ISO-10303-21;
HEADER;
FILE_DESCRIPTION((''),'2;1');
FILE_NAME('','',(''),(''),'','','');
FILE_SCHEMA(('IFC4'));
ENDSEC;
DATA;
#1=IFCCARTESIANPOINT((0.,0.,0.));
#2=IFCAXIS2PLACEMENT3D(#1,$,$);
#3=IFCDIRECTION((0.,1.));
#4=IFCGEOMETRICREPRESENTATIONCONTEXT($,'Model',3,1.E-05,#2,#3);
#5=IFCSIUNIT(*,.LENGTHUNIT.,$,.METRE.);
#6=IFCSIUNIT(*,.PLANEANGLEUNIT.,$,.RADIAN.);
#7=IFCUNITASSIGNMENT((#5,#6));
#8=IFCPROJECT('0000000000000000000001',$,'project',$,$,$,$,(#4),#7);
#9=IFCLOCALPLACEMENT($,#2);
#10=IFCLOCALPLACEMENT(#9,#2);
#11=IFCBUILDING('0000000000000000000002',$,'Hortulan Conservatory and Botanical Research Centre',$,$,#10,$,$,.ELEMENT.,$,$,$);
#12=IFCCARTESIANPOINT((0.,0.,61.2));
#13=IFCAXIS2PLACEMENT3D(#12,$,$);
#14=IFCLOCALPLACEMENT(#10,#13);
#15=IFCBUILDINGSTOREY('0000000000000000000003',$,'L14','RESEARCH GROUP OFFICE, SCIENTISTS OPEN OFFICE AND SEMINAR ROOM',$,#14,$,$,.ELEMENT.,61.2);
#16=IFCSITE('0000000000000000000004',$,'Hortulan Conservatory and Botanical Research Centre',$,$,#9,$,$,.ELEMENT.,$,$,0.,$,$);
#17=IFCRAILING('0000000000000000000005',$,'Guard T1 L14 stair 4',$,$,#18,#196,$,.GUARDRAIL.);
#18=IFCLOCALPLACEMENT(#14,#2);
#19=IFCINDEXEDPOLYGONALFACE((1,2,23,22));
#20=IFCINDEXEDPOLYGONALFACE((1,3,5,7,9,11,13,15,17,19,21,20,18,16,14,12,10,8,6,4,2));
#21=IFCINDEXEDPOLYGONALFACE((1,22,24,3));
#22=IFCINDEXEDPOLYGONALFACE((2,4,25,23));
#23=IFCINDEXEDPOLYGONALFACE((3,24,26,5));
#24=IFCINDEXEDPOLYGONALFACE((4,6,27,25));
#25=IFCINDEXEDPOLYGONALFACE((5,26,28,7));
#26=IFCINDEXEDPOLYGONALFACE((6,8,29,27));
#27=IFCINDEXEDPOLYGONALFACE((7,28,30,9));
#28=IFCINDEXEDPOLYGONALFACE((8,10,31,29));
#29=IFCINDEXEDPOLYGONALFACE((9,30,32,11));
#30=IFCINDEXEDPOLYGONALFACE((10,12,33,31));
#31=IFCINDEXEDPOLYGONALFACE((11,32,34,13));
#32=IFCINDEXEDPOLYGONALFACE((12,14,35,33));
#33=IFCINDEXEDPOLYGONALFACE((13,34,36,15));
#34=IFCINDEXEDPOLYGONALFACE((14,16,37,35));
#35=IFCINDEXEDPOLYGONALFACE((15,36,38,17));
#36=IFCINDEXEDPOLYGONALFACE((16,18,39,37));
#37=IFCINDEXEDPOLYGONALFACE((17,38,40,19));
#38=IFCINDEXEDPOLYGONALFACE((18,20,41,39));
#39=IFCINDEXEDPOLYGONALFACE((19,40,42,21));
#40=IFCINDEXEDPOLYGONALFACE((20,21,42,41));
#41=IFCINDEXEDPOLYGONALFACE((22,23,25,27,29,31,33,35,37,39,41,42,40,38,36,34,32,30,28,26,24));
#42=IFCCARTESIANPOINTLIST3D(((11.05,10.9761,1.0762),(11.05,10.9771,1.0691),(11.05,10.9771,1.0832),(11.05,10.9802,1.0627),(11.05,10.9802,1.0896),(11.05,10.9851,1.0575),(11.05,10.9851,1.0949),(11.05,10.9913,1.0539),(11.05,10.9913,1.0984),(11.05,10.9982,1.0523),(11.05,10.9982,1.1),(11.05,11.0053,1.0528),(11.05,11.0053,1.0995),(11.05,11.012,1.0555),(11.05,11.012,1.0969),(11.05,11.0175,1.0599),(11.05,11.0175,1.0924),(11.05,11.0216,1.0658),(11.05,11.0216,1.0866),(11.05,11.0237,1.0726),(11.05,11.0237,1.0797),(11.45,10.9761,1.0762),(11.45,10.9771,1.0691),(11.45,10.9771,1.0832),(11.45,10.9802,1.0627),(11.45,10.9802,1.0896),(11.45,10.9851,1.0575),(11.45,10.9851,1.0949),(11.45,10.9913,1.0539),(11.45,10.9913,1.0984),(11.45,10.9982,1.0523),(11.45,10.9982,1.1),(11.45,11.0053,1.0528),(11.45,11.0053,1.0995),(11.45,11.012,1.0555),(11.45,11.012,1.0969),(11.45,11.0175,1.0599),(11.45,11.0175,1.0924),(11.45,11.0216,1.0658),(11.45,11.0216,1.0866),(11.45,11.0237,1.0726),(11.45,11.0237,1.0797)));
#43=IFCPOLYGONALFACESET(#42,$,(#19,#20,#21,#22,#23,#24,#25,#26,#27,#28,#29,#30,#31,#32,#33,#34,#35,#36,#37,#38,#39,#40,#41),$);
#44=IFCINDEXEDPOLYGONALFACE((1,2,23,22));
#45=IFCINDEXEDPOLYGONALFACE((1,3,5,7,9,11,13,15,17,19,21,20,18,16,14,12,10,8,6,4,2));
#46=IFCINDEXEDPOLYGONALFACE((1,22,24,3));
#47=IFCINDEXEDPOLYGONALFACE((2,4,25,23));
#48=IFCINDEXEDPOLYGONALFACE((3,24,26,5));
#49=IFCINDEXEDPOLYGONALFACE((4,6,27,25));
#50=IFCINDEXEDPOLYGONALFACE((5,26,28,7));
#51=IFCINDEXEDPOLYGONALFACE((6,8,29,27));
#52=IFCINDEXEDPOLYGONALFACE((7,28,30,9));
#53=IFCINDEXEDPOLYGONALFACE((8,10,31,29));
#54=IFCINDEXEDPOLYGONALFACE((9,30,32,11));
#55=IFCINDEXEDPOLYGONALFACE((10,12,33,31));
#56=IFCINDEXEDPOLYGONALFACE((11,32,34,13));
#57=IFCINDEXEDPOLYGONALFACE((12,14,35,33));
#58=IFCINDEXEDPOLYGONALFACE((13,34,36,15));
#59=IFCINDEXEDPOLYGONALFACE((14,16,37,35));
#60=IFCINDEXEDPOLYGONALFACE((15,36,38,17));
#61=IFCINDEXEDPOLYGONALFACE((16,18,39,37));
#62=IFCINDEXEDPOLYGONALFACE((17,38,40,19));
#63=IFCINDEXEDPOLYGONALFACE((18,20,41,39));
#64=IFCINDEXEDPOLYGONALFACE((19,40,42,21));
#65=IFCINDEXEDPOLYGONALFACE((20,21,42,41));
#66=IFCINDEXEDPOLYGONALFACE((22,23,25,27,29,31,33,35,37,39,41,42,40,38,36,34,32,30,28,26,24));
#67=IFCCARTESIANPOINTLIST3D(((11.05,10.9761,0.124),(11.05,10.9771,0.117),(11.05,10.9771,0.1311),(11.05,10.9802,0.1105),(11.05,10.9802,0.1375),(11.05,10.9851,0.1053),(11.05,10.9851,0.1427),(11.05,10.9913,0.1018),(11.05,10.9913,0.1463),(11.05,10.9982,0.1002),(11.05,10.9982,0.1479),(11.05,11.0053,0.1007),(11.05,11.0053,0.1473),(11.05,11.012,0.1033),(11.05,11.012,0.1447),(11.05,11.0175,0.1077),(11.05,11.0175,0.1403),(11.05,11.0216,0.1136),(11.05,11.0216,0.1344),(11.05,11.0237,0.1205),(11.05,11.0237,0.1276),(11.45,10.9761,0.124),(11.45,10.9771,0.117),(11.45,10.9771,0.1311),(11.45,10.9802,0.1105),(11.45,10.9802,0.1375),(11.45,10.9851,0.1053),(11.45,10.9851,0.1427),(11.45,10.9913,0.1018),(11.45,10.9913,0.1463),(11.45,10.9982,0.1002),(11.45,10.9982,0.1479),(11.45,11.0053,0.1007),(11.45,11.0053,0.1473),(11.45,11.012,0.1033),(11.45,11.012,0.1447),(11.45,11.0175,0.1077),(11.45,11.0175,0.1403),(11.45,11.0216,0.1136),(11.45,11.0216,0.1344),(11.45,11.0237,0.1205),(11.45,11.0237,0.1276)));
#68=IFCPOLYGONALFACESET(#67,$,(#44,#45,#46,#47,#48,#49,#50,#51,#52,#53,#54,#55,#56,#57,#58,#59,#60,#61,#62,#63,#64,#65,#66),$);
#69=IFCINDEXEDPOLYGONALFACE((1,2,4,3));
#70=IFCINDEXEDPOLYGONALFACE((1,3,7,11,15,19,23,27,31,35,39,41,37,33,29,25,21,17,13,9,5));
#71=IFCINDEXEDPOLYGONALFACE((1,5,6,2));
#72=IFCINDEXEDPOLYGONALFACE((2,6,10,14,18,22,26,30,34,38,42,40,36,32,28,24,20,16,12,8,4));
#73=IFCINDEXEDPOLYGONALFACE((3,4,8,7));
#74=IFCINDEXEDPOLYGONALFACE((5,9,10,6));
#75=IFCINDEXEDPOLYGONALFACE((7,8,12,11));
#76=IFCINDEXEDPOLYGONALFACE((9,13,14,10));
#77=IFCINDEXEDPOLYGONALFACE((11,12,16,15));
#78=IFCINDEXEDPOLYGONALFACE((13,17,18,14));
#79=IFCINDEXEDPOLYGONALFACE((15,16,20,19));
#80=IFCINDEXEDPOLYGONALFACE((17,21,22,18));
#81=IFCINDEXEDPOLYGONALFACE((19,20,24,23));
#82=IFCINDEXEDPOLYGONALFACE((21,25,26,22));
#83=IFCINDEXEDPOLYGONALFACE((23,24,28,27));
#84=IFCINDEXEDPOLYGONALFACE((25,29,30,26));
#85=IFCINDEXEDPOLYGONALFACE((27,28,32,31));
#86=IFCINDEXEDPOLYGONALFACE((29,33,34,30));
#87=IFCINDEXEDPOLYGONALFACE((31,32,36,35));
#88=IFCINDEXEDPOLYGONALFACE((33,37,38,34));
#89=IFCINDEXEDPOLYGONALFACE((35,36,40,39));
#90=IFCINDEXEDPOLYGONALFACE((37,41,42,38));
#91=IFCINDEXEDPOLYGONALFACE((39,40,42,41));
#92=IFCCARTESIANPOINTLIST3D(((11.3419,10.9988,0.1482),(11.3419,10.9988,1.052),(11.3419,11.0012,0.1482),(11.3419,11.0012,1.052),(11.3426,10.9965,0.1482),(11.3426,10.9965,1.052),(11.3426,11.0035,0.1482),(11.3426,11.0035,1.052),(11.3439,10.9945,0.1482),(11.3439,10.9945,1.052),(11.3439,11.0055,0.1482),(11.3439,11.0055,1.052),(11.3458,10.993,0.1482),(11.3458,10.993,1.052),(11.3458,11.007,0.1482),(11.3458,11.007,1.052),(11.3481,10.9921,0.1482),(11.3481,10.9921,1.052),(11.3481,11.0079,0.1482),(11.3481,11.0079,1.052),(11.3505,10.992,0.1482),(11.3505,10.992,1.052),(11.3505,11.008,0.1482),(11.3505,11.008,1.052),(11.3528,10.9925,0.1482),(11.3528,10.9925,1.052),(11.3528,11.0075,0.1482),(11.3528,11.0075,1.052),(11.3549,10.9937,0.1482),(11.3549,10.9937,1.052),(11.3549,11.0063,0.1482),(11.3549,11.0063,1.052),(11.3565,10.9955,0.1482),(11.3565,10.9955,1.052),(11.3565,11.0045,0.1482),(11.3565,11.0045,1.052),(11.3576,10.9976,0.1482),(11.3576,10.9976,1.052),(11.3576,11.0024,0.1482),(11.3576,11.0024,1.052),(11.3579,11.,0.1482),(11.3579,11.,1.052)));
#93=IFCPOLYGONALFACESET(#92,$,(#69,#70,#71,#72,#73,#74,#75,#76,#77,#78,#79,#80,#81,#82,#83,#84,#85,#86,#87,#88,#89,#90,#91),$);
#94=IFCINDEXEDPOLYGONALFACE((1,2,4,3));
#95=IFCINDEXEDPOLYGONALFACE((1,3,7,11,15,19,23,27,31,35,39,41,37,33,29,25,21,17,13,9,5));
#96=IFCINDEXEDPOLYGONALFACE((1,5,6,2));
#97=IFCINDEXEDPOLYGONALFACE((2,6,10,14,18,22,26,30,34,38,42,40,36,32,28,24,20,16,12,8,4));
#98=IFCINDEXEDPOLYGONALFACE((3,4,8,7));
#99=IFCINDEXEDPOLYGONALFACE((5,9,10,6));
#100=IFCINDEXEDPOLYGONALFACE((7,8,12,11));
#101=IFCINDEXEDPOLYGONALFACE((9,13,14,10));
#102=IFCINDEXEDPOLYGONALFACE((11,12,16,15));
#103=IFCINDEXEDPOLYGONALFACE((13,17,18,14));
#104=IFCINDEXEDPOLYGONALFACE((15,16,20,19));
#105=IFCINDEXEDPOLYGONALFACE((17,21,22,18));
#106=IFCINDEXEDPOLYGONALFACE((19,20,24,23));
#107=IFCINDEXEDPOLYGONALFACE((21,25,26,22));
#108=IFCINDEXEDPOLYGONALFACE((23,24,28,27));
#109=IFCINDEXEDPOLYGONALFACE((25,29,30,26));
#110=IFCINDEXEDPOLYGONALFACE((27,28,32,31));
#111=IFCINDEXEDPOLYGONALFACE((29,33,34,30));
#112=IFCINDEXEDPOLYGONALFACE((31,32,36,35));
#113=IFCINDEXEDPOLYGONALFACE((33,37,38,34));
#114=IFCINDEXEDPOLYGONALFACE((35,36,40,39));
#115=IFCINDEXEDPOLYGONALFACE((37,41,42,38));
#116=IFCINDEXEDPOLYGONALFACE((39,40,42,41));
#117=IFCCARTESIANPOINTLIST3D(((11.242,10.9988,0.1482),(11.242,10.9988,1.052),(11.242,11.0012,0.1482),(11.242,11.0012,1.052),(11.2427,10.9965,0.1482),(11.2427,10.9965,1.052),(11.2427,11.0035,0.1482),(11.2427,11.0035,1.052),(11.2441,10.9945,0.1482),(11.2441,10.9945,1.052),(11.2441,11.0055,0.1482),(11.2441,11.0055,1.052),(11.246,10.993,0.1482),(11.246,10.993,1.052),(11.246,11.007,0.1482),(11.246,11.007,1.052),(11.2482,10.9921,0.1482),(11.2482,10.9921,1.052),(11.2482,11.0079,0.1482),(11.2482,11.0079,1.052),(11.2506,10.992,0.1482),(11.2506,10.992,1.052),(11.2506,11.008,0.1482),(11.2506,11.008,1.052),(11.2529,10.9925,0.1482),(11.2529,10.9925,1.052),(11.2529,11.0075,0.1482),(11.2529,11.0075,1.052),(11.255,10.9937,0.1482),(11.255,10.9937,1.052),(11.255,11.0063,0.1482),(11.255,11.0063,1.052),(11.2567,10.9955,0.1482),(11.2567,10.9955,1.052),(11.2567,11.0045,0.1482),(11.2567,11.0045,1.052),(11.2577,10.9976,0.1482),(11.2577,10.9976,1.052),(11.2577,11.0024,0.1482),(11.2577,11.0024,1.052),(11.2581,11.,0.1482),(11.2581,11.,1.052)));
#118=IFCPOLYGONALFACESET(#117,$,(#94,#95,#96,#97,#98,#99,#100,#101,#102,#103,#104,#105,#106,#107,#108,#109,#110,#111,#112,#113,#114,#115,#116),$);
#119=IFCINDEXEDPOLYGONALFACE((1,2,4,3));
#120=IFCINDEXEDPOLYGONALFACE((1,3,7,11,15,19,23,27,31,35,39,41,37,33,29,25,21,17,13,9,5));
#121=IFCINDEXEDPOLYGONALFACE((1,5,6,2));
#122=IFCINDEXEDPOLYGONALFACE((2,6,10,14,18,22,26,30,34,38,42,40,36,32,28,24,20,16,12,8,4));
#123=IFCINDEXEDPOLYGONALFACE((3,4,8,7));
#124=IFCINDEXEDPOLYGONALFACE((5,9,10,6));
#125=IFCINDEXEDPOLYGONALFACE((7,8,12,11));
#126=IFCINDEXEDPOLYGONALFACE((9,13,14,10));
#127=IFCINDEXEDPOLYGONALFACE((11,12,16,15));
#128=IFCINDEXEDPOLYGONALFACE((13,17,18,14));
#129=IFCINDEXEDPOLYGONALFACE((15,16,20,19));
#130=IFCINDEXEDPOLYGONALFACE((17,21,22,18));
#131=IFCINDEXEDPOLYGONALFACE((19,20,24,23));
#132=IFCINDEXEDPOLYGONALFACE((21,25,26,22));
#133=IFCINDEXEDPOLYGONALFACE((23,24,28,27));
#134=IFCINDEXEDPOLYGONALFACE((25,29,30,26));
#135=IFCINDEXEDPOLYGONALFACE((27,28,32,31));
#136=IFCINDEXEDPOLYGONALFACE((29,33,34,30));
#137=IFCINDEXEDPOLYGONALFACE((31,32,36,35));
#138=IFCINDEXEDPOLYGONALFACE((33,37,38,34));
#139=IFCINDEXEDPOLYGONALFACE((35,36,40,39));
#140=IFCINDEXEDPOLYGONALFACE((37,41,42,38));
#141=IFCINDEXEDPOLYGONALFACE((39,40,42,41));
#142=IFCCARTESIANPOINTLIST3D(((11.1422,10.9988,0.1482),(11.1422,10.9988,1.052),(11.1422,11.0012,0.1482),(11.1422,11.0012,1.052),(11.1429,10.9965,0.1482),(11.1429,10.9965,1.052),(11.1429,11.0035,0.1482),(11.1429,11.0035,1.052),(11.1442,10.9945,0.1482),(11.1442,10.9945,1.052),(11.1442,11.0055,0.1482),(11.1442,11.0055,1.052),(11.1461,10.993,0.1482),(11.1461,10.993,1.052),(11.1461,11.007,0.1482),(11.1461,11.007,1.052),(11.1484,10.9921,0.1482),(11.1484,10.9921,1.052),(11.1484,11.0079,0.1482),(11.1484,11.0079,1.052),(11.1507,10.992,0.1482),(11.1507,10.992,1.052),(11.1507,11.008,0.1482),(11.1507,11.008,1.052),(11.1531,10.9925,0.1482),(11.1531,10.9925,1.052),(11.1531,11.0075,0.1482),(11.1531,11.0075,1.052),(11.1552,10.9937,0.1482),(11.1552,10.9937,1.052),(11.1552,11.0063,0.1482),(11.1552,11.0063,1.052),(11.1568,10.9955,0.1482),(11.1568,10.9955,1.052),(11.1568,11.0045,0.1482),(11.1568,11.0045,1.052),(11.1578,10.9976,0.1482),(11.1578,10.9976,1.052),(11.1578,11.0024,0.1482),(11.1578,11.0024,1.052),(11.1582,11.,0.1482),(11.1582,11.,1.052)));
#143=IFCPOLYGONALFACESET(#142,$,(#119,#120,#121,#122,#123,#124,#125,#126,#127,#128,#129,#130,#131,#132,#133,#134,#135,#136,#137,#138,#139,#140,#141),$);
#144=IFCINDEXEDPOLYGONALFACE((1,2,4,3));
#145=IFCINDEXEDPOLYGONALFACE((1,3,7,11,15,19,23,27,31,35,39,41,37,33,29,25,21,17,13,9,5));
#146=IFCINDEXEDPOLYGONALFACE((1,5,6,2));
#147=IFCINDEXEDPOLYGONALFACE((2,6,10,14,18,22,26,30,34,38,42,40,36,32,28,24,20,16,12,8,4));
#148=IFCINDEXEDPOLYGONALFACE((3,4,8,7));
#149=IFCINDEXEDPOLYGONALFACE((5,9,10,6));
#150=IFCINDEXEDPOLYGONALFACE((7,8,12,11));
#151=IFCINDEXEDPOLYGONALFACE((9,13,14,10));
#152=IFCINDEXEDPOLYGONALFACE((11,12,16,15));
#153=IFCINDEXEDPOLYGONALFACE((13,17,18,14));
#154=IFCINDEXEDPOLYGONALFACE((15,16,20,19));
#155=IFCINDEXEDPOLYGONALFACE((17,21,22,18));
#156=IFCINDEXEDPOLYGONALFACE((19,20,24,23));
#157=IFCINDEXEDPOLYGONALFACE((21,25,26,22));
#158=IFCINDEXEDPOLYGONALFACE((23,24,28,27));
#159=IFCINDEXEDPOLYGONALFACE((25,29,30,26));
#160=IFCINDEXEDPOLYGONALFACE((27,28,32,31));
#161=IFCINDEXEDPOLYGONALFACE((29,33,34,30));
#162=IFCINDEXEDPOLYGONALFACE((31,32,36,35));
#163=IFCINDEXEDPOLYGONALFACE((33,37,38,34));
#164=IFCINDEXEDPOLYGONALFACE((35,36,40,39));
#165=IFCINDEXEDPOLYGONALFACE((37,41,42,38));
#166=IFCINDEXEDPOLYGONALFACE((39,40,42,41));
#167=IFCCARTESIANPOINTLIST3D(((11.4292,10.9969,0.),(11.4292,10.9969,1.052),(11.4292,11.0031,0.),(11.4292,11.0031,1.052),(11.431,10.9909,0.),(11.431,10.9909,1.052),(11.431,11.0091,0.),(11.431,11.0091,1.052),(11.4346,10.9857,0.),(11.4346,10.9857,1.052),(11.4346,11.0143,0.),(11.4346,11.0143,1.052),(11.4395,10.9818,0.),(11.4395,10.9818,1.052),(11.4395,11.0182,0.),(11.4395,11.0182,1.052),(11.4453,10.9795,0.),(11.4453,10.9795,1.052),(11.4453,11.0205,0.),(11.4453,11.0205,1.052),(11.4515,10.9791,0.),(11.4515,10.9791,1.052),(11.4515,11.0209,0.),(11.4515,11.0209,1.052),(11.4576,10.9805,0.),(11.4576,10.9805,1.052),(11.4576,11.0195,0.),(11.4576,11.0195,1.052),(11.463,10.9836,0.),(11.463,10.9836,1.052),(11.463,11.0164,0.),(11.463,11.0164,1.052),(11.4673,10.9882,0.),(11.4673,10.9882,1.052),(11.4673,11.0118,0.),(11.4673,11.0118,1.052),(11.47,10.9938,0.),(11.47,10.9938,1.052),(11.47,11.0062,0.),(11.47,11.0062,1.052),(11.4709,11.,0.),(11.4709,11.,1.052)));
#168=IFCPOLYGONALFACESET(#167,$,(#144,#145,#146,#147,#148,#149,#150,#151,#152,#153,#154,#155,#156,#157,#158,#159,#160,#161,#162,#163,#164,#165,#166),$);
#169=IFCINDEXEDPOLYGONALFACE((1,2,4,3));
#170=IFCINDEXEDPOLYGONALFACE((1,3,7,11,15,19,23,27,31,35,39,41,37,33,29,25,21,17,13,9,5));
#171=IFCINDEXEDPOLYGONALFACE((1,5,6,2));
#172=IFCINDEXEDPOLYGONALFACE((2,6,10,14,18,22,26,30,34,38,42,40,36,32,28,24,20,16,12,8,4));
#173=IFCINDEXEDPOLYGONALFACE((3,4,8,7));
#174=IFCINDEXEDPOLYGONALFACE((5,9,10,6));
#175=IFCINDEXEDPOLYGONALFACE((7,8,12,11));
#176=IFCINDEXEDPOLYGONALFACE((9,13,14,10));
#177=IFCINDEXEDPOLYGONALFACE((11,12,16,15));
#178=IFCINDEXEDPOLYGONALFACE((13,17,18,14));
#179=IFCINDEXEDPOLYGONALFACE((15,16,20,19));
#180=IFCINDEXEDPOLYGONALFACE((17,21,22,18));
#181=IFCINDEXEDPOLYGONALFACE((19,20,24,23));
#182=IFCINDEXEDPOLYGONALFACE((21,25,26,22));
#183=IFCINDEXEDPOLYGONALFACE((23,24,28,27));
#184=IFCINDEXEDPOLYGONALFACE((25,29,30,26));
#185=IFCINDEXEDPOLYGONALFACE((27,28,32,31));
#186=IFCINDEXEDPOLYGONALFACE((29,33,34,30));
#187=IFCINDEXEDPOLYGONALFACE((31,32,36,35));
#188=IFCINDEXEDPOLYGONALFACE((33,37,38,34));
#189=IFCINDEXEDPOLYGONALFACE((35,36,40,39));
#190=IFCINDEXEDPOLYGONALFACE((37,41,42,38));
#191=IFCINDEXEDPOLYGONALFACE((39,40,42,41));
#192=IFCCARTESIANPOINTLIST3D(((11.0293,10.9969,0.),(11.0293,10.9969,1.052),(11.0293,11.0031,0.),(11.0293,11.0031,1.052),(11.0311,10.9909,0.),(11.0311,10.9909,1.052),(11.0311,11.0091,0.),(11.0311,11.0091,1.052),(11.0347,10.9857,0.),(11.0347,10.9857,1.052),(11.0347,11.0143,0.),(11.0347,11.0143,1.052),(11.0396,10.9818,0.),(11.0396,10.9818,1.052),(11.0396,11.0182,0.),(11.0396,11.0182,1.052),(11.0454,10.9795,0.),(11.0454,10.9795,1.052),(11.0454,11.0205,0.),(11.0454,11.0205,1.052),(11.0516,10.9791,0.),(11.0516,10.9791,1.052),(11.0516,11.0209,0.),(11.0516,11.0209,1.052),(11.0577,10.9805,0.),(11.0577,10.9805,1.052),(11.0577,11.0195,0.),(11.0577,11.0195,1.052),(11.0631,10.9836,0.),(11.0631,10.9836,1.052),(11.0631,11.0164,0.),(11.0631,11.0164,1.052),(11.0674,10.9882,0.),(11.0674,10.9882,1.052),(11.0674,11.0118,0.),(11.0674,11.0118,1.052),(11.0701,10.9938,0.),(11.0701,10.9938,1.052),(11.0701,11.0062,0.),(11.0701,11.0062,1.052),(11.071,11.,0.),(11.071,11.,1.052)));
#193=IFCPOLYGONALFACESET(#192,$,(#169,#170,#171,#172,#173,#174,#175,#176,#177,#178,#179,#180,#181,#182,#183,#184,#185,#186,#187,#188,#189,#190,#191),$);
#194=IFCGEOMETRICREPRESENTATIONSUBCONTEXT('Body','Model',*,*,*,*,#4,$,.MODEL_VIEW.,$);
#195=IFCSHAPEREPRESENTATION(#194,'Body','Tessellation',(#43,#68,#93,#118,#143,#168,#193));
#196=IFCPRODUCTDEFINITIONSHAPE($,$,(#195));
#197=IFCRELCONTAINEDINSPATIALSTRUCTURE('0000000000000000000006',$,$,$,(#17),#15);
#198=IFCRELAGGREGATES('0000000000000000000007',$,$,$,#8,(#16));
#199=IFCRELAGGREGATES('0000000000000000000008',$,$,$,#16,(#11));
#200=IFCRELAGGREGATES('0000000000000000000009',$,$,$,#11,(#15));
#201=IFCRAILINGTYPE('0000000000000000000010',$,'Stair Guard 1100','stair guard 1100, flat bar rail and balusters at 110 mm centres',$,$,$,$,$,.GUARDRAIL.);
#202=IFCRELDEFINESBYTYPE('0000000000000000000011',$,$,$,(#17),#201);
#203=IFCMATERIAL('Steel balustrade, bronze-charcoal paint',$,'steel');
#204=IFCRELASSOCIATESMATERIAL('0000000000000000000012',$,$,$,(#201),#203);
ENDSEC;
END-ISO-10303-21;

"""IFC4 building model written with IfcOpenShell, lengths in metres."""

from ifc_helpers import new_model, si_unit, direction, frame, origin, origin_2d, place, context, subcontext, project, spatial, circle, extrude, material, type_object, element, save


model = new_model("IFC4")

# Units and contexts
model_context = context("Model", 3, precision=1e-05, world=origin(), true_north=direction((0.0, 1.0)))
body_context = subcontext(model_context, "Body", "Model", "MODEL_VIEW")
ifc_project = project(units=[si_unit("LENGTHUNIT", "METRE"), si_unit("PLANEANGLEUNIT", "RADIAN")], contexts=[model_context])

# Site, building, storey
site_placement = place(None, origin())
site = spatial("IfcSite", under=ifc_project, at=site_placement, Name="Hortulan Conservatory and Botanical Research Centre", CompositionType="ELEMENT", RefElevation=0.0)
building_placement = place(site_placement, origin())
building = spatial("IfcBuilding", under=site, at=building_placement, Name="Hortulan Conservatory and Botanical Research Centre", CompositionType="ELEMENT")
storey_placement = place(building_placement, frame((0.0, 0.0, 61.2)))
storey = spatial("IfcBuildingStorey", under=building, at=storey_placement, Name="L14", Description="RESEARCH GROUP OFFICE, SCIENTISTS OPEN OFFICE AND SEMINAR ROOM", CompositionType="ELEMENT", Elevation=61.2)

# Railing
ifc_material_1 = material(Name="Steel balustrade, bronze-charcoal paint", Category="steel")
railing_type_1 = type_object("IfcRailingType", Name="Stair Guard 1100", Description="stair guard 1100, flat bar rail and balusters at 110 mm centres", PredefinedType="GUARDRAIL", material=ifc_material_1)
railing_1_placement = place(storey_placement, frame((11.45, 11.0, 0.0)))
element("IfcRailing", 1, at=railing_1_placement, inside=storey, type_object=railing_type_1, Name="Guard T1 L14 stair 4", PredefinedType="GUARDRAIL", context=body_context, shape_type="SweptSolid", body=[
    extrude(circle(Radius=0.0239, at=origin_2d()), frame((0.0, 0.0, 1.0762), z_axis=(-1.0, 0.0, 0.0), x_axis=(0.0, -1.0, 0.0)), (0.0, 0.0, 1.0), 0.3999),
    extrude(circle(Radius=0.0239, at=origin_2d()), frame((0.0, 0.0, 0.124), z_axis=(-1.0, 0.0, 0.0), x_axis=(0.0, -1.0, 0.0)), (0.0, 0.0, 1.0), 0.3999),
    extrude(circle(Radius=0.0081, at=origin_2d()), frame((-0.1001, 0.0, 0.1482)), (0.0, 0.0, 1.0), 0.9038),
    extrude(circle(Radius=0.0081, at=origin_2d()), frame((-0.2, 0.0, 0.1482)), (0.0, 0.0, 1.0), 0.9038),
    extrude(circle(Radius=0.0081, at=origin_2d()), frame((-0.2998, 0.0, 0.1482)), (0.0, 0.0, 1.0), 0.9038),
    extrude(circle(Radius=0.021, at=origin_2d()), origin(), (0.0, 0.0, 1.0), 1.052),
    extrude(circle(Radius=0.021, at=origin_2d()), frame((-0.3999, 0.0, 0.0)), (0.0, 0.0, 1.0), 1.052),
])

save(model, "model.ifc")
